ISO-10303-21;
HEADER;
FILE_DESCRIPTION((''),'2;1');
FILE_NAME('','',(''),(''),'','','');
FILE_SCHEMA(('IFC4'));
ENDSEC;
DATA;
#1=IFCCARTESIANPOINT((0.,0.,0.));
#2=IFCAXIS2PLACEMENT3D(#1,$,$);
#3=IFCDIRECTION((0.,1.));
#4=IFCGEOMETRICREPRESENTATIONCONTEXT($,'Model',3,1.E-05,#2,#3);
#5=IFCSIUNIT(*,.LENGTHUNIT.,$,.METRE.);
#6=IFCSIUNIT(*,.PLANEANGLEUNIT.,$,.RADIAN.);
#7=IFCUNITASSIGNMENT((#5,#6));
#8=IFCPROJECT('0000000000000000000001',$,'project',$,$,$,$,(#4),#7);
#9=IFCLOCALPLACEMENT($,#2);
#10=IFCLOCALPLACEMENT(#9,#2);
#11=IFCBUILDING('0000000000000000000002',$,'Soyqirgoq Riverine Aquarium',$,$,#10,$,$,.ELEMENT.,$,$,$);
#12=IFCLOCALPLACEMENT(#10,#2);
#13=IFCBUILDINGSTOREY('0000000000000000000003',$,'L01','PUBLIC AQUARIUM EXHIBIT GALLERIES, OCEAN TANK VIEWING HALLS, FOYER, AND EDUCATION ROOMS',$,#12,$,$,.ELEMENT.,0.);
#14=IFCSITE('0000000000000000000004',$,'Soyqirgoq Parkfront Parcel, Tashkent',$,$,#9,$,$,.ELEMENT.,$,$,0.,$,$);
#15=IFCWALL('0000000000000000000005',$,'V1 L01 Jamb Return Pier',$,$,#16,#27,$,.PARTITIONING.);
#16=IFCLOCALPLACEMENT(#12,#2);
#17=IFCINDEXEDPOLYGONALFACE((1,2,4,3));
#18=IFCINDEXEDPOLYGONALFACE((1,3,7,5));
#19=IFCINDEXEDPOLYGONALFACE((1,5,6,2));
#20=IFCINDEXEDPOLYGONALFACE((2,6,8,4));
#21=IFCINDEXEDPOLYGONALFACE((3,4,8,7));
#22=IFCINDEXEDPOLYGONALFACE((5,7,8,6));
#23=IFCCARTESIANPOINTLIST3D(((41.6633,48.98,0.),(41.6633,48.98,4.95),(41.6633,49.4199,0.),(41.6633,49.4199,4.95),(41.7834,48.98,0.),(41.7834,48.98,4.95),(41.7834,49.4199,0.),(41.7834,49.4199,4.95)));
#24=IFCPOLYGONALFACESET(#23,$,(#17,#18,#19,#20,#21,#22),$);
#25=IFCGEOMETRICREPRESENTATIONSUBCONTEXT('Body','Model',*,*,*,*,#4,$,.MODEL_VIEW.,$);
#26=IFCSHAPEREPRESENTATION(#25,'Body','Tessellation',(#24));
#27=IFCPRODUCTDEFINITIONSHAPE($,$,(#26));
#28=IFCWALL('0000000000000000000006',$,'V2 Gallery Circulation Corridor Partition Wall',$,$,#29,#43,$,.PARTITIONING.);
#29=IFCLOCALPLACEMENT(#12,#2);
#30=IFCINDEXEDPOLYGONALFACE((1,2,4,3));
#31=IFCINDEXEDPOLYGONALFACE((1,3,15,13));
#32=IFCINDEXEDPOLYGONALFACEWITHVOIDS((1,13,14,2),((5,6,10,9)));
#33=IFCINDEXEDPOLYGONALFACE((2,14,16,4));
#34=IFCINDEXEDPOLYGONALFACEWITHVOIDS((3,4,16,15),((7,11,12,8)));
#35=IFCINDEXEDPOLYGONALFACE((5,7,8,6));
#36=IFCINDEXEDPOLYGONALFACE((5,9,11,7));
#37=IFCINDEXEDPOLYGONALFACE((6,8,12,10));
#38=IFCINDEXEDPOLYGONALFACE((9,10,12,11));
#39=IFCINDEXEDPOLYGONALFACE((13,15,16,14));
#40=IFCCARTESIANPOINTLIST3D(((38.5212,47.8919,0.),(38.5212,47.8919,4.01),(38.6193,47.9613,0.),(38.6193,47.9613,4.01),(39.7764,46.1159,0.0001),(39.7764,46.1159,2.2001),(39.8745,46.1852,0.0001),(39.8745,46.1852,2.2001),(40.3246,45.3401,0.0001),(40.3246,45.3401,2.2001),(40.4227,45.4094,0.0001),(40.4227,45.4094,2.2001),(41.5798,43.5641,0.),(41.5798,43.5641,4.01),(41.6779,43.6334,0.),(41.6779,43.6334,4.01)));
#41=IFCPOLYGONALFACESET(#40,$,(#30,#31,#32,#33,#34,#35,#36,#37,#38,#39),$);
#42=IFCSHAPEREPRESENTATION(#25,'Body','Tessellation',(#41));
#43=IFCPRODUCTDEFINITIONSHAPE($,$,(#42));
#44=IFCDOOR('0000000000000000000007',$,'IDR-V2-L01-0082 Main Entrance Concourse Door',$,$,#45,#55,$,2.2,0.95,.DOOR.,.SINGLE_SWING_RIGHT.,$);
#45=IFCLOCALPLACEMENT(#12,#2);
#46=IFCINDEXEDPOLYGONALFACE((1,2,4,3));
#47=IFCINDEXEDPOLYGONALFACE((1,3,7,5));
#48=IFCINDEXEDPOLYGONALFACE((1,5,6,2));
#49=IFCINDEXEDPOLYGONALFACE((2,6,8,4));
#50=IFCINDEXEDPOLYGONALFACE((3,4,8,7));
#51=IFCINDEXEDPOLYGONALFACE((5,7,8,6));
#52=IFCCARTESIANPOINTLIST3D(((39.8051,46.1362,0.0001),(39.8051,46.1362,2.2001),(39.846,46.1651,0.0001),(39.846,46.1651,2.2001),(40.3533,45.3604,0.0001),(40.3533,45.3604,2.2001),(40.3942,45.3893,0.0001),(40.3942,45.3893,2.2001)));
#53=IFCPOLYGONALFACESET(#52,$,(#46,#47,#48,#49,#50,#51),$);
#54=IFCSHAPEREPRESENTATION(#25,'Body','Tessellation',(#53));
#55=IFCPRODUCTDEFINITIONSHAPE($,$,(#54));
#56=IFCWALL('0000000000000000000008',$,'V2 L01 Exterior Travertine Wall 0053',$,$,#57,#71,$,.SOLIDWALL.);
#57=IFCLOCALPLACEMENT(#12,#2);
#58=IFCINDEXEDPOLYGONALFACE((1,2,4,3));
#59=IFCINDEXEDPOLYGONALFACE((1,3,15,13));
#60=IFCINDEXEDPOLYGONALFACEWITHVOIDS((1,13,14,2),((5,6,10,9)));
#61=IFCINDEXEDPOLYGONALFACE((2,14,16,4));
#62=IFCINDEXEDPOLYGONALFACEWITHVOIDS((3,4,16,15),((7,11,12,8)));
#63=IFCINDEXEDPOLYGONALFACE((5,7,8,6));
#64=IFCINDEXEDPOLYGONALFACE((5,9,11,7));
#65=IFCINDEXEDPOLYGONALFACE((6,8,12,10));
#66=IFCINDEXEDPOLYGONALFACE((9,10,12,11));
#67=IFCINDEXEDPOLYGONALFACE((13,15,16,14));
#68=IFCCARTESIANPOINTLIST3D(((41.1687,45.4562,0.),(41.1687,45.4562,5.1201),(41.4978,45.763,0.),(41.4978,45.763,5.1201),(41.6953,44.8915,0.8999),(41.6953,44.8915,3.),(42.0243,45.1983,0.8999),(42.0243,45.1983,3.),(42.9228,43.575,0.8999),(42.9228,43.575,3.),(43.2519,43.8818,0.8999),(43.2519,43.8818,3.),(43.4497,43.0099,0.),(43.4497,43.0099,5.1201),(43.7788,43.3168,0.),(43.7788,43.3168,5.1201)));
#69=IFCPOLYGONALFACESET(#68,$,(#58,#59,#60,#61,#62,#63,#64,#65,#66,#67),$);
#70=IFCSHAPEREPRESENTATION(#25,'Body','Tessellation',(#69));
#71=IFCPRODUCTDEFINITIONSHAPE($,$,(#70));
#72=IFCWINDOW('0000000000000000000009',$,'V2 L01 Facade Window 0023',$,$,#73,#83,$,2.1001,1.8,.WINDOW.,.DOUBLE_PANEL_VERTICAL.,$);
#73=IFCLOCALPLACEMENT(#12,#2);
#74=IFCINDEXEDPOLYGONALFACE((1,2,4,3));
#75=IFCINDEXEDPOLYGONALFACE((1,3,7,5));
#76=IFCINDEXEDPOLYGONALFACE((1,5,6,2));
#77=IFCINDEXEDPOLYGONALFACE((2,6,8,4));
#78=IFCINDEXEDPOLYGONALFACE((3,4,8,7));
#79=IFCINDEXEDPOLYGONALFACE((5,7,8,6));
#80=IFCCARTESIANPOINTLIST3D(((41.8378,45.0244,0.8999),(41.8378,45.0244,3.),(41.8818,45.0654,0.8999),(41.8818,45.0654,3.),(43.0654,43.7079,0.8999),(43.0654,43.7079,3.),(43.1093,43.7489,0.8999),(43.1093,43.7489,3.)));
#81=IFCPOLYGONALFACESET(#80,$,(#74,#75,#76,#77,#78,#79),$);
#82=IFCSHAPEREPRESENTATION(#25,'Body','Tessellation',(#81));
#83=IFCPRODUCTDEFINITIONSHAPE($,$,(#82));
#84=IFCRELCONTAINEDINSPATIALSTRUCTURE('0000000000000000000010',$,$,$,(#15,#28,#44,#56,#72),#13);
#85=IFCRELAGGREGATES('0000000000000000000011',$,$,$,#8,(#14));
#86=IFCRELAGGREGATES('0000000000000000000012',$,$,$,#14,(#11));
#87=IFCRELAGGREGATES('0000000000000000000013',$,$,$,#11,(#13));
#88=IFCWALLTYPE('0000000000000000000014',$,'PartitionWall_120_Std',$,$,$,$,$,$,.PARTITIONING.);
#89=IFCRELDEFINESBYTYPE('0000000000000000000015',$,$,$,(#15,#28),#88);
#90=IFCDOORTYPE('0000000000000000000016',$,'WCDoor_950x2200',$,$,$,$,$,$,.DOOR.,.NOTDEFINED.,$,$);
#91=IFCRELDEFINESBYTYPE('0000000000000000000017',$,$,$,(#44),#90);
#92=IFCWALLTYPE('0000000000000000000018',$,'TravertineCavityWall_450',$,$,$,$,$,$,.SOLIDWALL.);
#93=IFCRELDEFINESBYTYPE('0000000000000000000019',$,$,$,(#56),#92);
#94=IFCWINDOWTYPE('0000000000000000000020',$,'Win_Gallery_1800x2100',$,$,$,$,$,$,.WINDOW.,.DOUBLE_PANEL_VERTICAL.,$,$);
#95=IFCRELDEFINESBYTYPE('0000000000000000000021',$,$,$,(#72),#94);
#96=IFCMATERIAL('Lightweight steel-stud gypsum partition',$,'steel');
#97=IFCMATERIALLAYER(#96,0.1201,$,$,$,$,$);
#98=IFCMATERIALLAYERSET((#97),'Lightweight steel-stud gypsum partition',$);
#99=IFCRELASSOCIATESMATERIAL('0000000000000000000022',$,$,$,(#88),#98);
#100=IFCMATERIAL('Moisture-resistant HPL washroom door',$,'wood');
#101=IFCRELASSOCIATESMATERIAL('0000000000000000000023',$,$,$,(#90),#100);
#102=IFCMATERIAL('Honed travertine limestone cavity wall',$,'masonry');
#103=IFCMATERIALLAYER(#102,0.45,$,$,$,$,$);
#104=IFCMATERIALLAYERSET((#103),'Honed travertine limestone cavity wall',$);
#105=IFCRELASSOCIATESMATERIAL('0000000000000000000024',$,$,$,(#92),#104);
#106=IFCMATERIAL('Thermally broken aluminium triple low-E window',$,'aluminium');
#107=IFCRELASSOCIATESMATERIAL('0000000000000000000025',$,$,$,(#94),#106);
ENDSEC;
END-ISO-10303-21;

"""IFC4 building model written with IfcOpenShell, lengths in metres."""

from ifc_helpers import new_model, si_unit, direction, frame, frame_2d, origin, place, context, subcontext, project, spatial, rectangle, extrude, material, layer, layer_set, type_object, element, fill, save


model = new_model("IFC4")

# Units and contexts
model_context = context("Model", 3, precision=1e-05, world=origin(), true_north=direction((0.0, 1.0)))
body_context = subcontext(model_context, "Body", "Model", "MODEL_VIEW")
ifc_project = project(units=[si_unit("LENGTHUNIT", "METRE"), si_unit("PLANEANGLEUNIT", "RADIAN")], contexts=[model_context])

# Site, building, storey
site_placement = place(None, origin())
site = spatial("IfcSite", under=ifc_project, at=site_placement, Name="Soyqirgoq Parkfront Parcel, Tashkent", CompositionType="ELEMENT", RefElevation=0.0)
building_placement = place(site_placement, origin())
building = spatial("IfcBuilding", under=site, at=building_placement, Name="Soyqirgoq Riverine Aquarium", CompositionType="ELEMENT")
storey_placement = place(building_placement, origin())
storey = spatial("IfcBuildingStorey", under=building, at=storey_placement, Name="L01", Description="PUBLIC AQUARIUM EXHIBIT GALLERIES, OCEAN TANK VIEWING HALLS, FOYER, AND EDUCATION ROOMS", CompositionType="ELEMENT", Elevation=0.0)

# Wall
ifc_material_1 = material(Name="Lightweight steel-stud gypsum partition", Category="steel")
ifc_layer_1 = layer(ifc_material_1, 0.1201)
ifc_layer_set_1 = layer_set([ifc_layer_1], Name="Lightweight steel-stud gypsum partition")
wall_type_1 = type_object("IfcWallType", Name="PartitionWall_120_Std", PredefinedType="PARTITIONING", material=ifc_layer_set_1)
wall_1_placement = place(storey_placement, frame((41.7234, 48.98, 0.0), z_axis=(0.0, 0.0, 1.0), x_axis=(0.0, 1.0, 0.0)))
element("IfcWall", 1, at=wall_1_placement, inside=storey, type_object=wall_type_1, Name="V1 L01 Jamb Return Pier", PredefinedType="PARTITIONING", context=body_context, shape_type="SweptSolid", body=[
    extrude(rectangle(XDim=0.4399, YDim=0.1201, at=frame_2d((0.22, 0.0))), origin(), (0.0, 0.0, 1.0), 4.95),
])

# Wall, opening, door
wall_2_placement = place(storey_placement, frame((41.6289, 43.5986, 0.0), z_axis=(0.0, 0.0, 1.0), x_axis=(-0.577139, 0.816646, 0.0)))
wall_2 = element("IfcWall", 2, at=wall_2_placement, inside=storey, type_object=wall_type_1, Name="V2 Gallery Circulation Corridor Partition Wall", PredefinedType="PARTITIONING", context=body_context, shape_type="SweptSolid", body=[
    extrude(rectangle(XDim=5.2996, YDim=0.1201, at=frame_2d((2.6499, 0.0))), origin(), (0.0, 0.0, 1.0), 4.01),
])
opening_1_placement = place(wall_2_placement, frame((2.1748, 0.0, 0.0)))
opening_1 = element("IfcOpeningElement", 3, at=opening_1_placement, cuts=wall_2, PredefinedType="OPENING", context=body_context, shape_type="SweptSolid", body=[
    extrude(rectangle(XDim=0.95, YDim=2.2, at=frame_2d((0.4751, 1.1001))), frame((0.0, 0.0701, 0.0), z_axis=(0.0, -1.0, 0.0), x_axis=(1.0, 0.0, 0.0)), (0.0, 0.0, 1.0), 0.1401),
])
ifc_material_2 = material(Name="Moisture-resistant HPL washroom door", Category="wood")
door_type = type_object("IfcDoorType", Name="WCDoor_950x2200", OperationType="NOTDEFINED", PredefinedType="DOOR", material=ifc_material_2)
door_placement = place(opening_1_placement, origin())
door = element("IfcDoor", 4, at=door_placement, inside=storey, type_object=door_type, Name="IDR-V2-L01-0082 Main Entrance Concourse Door", OperationType="SINGLE_SWING_RIGHT", OverallHeight=2.2, OverallWidth=0.95, PredefinedType="DOOR", context=body_context, shape_type="SweptSolid", body=[
    extrude(rectangle(XDim=0.95, YDim=2.2, at=frame_2d((0.4751, 1.1001))), frame((0.0, 0.0249, 0.0), z_axis=(0.0, -1.0, 0.0), x_axis=(1.0, 0.0, 0.0)), (0.0, 0.0, 1.0), 0.05),
])
fill(opening_1, door)

# Wall, opening, window
ifc_material_3 = material(Name="Honed travertine limestone cavity wall", Category="masonry")
ifc_layer_2 = layer(ifc_material_3, 0.45)
ifc_layer_set_2 = layer_set([ifc_layer_2], Name="Honed travertine limestone cavity wall")
wall_type_2 = type_object("IfcWallType", Name="TravertineCavityWall_450", PredefinedType="SOLIDWALL", material=ifc_layer_set_2)
wall_3_placement = place(storey_placement, frame((41.3333, 45.6096, 0.0), z_axis=(0.0, 0.0, 1.0), x_axis=(0.681967, -0.731383, 0.0)))
wall_3 = element("IfcWall", 5, at=wall_3_placement, inside=storey, type_object=wall_type_2, Name="V2 L01 Exterior Travertine Wall 0053", PredefinedType="SOLIDWALL", context=body_context, shape_type="SweptSolid", body=[
    extrude(rectangle(XDim=3.3447, YDim=0.45, at=frame_2d((1.6724, 0.0))), origin(), (0.0, 0.0, 1.0), 5.1201),
])
opening_2_placement = place(wall_3_placement, frame((0.7722, 0.0, 0.8999)))
opening_2 = element("IfcOpeningElement", 6, at=opening_2_placement, cuts=wall_3, PredefinedType="OPENING", context=body_context, shape_type="SweptSolid", body=[
    extrude(rectangle(XDim=1.8, YDim=2.1001, at=frame_2d((0.8999, 1.05))), frame((0.0, 0.2349, 0.0), z_axis=(0.0, -1.0, 0.0), x_axis=(1.0, 0.0, 0.0)), (0.0, 0.0, 1.0), 0.47),
])
ifc_material_4 = material(Name="Thermally broken aluminium triple low-E window", Category="aluminium")
window_type = type_object("IfcWindowType", Name="Win_Gallery_1800x2100", PartitioningType="DOUBLE_PANEL_VERTICAL", PredefinedType="WINDOW", material=ifc_material_4)
window_placement = place(opening_2_placement, origin())
window = element("IfcWindow", 7, at=window_placement, inside=storey, type_object=window_type, Name="V2 L01 Facade Window 0023", OverallHeight=2.1001, OverallWidth=1.8, PartitioningType="DOUBLE_PANEL_VERTICAL", PredefinedType="WINDOW", context=body_context, shape_type="SweptSolid", body=[
    extrude(rectangle(XDim=1.8, YDim=2.1001, at=frame_2d((0.8999, 1.05))), frame((0.0, 0.03, 0.0), z_axis=(0.0, -1.0, 0.0), x_axis=(1.0, 0.0, 0.0)), (0.0, 0.0, 1.0), 0.0601),
])
fill(opening_2, window)

save(model, "model.ifc")
